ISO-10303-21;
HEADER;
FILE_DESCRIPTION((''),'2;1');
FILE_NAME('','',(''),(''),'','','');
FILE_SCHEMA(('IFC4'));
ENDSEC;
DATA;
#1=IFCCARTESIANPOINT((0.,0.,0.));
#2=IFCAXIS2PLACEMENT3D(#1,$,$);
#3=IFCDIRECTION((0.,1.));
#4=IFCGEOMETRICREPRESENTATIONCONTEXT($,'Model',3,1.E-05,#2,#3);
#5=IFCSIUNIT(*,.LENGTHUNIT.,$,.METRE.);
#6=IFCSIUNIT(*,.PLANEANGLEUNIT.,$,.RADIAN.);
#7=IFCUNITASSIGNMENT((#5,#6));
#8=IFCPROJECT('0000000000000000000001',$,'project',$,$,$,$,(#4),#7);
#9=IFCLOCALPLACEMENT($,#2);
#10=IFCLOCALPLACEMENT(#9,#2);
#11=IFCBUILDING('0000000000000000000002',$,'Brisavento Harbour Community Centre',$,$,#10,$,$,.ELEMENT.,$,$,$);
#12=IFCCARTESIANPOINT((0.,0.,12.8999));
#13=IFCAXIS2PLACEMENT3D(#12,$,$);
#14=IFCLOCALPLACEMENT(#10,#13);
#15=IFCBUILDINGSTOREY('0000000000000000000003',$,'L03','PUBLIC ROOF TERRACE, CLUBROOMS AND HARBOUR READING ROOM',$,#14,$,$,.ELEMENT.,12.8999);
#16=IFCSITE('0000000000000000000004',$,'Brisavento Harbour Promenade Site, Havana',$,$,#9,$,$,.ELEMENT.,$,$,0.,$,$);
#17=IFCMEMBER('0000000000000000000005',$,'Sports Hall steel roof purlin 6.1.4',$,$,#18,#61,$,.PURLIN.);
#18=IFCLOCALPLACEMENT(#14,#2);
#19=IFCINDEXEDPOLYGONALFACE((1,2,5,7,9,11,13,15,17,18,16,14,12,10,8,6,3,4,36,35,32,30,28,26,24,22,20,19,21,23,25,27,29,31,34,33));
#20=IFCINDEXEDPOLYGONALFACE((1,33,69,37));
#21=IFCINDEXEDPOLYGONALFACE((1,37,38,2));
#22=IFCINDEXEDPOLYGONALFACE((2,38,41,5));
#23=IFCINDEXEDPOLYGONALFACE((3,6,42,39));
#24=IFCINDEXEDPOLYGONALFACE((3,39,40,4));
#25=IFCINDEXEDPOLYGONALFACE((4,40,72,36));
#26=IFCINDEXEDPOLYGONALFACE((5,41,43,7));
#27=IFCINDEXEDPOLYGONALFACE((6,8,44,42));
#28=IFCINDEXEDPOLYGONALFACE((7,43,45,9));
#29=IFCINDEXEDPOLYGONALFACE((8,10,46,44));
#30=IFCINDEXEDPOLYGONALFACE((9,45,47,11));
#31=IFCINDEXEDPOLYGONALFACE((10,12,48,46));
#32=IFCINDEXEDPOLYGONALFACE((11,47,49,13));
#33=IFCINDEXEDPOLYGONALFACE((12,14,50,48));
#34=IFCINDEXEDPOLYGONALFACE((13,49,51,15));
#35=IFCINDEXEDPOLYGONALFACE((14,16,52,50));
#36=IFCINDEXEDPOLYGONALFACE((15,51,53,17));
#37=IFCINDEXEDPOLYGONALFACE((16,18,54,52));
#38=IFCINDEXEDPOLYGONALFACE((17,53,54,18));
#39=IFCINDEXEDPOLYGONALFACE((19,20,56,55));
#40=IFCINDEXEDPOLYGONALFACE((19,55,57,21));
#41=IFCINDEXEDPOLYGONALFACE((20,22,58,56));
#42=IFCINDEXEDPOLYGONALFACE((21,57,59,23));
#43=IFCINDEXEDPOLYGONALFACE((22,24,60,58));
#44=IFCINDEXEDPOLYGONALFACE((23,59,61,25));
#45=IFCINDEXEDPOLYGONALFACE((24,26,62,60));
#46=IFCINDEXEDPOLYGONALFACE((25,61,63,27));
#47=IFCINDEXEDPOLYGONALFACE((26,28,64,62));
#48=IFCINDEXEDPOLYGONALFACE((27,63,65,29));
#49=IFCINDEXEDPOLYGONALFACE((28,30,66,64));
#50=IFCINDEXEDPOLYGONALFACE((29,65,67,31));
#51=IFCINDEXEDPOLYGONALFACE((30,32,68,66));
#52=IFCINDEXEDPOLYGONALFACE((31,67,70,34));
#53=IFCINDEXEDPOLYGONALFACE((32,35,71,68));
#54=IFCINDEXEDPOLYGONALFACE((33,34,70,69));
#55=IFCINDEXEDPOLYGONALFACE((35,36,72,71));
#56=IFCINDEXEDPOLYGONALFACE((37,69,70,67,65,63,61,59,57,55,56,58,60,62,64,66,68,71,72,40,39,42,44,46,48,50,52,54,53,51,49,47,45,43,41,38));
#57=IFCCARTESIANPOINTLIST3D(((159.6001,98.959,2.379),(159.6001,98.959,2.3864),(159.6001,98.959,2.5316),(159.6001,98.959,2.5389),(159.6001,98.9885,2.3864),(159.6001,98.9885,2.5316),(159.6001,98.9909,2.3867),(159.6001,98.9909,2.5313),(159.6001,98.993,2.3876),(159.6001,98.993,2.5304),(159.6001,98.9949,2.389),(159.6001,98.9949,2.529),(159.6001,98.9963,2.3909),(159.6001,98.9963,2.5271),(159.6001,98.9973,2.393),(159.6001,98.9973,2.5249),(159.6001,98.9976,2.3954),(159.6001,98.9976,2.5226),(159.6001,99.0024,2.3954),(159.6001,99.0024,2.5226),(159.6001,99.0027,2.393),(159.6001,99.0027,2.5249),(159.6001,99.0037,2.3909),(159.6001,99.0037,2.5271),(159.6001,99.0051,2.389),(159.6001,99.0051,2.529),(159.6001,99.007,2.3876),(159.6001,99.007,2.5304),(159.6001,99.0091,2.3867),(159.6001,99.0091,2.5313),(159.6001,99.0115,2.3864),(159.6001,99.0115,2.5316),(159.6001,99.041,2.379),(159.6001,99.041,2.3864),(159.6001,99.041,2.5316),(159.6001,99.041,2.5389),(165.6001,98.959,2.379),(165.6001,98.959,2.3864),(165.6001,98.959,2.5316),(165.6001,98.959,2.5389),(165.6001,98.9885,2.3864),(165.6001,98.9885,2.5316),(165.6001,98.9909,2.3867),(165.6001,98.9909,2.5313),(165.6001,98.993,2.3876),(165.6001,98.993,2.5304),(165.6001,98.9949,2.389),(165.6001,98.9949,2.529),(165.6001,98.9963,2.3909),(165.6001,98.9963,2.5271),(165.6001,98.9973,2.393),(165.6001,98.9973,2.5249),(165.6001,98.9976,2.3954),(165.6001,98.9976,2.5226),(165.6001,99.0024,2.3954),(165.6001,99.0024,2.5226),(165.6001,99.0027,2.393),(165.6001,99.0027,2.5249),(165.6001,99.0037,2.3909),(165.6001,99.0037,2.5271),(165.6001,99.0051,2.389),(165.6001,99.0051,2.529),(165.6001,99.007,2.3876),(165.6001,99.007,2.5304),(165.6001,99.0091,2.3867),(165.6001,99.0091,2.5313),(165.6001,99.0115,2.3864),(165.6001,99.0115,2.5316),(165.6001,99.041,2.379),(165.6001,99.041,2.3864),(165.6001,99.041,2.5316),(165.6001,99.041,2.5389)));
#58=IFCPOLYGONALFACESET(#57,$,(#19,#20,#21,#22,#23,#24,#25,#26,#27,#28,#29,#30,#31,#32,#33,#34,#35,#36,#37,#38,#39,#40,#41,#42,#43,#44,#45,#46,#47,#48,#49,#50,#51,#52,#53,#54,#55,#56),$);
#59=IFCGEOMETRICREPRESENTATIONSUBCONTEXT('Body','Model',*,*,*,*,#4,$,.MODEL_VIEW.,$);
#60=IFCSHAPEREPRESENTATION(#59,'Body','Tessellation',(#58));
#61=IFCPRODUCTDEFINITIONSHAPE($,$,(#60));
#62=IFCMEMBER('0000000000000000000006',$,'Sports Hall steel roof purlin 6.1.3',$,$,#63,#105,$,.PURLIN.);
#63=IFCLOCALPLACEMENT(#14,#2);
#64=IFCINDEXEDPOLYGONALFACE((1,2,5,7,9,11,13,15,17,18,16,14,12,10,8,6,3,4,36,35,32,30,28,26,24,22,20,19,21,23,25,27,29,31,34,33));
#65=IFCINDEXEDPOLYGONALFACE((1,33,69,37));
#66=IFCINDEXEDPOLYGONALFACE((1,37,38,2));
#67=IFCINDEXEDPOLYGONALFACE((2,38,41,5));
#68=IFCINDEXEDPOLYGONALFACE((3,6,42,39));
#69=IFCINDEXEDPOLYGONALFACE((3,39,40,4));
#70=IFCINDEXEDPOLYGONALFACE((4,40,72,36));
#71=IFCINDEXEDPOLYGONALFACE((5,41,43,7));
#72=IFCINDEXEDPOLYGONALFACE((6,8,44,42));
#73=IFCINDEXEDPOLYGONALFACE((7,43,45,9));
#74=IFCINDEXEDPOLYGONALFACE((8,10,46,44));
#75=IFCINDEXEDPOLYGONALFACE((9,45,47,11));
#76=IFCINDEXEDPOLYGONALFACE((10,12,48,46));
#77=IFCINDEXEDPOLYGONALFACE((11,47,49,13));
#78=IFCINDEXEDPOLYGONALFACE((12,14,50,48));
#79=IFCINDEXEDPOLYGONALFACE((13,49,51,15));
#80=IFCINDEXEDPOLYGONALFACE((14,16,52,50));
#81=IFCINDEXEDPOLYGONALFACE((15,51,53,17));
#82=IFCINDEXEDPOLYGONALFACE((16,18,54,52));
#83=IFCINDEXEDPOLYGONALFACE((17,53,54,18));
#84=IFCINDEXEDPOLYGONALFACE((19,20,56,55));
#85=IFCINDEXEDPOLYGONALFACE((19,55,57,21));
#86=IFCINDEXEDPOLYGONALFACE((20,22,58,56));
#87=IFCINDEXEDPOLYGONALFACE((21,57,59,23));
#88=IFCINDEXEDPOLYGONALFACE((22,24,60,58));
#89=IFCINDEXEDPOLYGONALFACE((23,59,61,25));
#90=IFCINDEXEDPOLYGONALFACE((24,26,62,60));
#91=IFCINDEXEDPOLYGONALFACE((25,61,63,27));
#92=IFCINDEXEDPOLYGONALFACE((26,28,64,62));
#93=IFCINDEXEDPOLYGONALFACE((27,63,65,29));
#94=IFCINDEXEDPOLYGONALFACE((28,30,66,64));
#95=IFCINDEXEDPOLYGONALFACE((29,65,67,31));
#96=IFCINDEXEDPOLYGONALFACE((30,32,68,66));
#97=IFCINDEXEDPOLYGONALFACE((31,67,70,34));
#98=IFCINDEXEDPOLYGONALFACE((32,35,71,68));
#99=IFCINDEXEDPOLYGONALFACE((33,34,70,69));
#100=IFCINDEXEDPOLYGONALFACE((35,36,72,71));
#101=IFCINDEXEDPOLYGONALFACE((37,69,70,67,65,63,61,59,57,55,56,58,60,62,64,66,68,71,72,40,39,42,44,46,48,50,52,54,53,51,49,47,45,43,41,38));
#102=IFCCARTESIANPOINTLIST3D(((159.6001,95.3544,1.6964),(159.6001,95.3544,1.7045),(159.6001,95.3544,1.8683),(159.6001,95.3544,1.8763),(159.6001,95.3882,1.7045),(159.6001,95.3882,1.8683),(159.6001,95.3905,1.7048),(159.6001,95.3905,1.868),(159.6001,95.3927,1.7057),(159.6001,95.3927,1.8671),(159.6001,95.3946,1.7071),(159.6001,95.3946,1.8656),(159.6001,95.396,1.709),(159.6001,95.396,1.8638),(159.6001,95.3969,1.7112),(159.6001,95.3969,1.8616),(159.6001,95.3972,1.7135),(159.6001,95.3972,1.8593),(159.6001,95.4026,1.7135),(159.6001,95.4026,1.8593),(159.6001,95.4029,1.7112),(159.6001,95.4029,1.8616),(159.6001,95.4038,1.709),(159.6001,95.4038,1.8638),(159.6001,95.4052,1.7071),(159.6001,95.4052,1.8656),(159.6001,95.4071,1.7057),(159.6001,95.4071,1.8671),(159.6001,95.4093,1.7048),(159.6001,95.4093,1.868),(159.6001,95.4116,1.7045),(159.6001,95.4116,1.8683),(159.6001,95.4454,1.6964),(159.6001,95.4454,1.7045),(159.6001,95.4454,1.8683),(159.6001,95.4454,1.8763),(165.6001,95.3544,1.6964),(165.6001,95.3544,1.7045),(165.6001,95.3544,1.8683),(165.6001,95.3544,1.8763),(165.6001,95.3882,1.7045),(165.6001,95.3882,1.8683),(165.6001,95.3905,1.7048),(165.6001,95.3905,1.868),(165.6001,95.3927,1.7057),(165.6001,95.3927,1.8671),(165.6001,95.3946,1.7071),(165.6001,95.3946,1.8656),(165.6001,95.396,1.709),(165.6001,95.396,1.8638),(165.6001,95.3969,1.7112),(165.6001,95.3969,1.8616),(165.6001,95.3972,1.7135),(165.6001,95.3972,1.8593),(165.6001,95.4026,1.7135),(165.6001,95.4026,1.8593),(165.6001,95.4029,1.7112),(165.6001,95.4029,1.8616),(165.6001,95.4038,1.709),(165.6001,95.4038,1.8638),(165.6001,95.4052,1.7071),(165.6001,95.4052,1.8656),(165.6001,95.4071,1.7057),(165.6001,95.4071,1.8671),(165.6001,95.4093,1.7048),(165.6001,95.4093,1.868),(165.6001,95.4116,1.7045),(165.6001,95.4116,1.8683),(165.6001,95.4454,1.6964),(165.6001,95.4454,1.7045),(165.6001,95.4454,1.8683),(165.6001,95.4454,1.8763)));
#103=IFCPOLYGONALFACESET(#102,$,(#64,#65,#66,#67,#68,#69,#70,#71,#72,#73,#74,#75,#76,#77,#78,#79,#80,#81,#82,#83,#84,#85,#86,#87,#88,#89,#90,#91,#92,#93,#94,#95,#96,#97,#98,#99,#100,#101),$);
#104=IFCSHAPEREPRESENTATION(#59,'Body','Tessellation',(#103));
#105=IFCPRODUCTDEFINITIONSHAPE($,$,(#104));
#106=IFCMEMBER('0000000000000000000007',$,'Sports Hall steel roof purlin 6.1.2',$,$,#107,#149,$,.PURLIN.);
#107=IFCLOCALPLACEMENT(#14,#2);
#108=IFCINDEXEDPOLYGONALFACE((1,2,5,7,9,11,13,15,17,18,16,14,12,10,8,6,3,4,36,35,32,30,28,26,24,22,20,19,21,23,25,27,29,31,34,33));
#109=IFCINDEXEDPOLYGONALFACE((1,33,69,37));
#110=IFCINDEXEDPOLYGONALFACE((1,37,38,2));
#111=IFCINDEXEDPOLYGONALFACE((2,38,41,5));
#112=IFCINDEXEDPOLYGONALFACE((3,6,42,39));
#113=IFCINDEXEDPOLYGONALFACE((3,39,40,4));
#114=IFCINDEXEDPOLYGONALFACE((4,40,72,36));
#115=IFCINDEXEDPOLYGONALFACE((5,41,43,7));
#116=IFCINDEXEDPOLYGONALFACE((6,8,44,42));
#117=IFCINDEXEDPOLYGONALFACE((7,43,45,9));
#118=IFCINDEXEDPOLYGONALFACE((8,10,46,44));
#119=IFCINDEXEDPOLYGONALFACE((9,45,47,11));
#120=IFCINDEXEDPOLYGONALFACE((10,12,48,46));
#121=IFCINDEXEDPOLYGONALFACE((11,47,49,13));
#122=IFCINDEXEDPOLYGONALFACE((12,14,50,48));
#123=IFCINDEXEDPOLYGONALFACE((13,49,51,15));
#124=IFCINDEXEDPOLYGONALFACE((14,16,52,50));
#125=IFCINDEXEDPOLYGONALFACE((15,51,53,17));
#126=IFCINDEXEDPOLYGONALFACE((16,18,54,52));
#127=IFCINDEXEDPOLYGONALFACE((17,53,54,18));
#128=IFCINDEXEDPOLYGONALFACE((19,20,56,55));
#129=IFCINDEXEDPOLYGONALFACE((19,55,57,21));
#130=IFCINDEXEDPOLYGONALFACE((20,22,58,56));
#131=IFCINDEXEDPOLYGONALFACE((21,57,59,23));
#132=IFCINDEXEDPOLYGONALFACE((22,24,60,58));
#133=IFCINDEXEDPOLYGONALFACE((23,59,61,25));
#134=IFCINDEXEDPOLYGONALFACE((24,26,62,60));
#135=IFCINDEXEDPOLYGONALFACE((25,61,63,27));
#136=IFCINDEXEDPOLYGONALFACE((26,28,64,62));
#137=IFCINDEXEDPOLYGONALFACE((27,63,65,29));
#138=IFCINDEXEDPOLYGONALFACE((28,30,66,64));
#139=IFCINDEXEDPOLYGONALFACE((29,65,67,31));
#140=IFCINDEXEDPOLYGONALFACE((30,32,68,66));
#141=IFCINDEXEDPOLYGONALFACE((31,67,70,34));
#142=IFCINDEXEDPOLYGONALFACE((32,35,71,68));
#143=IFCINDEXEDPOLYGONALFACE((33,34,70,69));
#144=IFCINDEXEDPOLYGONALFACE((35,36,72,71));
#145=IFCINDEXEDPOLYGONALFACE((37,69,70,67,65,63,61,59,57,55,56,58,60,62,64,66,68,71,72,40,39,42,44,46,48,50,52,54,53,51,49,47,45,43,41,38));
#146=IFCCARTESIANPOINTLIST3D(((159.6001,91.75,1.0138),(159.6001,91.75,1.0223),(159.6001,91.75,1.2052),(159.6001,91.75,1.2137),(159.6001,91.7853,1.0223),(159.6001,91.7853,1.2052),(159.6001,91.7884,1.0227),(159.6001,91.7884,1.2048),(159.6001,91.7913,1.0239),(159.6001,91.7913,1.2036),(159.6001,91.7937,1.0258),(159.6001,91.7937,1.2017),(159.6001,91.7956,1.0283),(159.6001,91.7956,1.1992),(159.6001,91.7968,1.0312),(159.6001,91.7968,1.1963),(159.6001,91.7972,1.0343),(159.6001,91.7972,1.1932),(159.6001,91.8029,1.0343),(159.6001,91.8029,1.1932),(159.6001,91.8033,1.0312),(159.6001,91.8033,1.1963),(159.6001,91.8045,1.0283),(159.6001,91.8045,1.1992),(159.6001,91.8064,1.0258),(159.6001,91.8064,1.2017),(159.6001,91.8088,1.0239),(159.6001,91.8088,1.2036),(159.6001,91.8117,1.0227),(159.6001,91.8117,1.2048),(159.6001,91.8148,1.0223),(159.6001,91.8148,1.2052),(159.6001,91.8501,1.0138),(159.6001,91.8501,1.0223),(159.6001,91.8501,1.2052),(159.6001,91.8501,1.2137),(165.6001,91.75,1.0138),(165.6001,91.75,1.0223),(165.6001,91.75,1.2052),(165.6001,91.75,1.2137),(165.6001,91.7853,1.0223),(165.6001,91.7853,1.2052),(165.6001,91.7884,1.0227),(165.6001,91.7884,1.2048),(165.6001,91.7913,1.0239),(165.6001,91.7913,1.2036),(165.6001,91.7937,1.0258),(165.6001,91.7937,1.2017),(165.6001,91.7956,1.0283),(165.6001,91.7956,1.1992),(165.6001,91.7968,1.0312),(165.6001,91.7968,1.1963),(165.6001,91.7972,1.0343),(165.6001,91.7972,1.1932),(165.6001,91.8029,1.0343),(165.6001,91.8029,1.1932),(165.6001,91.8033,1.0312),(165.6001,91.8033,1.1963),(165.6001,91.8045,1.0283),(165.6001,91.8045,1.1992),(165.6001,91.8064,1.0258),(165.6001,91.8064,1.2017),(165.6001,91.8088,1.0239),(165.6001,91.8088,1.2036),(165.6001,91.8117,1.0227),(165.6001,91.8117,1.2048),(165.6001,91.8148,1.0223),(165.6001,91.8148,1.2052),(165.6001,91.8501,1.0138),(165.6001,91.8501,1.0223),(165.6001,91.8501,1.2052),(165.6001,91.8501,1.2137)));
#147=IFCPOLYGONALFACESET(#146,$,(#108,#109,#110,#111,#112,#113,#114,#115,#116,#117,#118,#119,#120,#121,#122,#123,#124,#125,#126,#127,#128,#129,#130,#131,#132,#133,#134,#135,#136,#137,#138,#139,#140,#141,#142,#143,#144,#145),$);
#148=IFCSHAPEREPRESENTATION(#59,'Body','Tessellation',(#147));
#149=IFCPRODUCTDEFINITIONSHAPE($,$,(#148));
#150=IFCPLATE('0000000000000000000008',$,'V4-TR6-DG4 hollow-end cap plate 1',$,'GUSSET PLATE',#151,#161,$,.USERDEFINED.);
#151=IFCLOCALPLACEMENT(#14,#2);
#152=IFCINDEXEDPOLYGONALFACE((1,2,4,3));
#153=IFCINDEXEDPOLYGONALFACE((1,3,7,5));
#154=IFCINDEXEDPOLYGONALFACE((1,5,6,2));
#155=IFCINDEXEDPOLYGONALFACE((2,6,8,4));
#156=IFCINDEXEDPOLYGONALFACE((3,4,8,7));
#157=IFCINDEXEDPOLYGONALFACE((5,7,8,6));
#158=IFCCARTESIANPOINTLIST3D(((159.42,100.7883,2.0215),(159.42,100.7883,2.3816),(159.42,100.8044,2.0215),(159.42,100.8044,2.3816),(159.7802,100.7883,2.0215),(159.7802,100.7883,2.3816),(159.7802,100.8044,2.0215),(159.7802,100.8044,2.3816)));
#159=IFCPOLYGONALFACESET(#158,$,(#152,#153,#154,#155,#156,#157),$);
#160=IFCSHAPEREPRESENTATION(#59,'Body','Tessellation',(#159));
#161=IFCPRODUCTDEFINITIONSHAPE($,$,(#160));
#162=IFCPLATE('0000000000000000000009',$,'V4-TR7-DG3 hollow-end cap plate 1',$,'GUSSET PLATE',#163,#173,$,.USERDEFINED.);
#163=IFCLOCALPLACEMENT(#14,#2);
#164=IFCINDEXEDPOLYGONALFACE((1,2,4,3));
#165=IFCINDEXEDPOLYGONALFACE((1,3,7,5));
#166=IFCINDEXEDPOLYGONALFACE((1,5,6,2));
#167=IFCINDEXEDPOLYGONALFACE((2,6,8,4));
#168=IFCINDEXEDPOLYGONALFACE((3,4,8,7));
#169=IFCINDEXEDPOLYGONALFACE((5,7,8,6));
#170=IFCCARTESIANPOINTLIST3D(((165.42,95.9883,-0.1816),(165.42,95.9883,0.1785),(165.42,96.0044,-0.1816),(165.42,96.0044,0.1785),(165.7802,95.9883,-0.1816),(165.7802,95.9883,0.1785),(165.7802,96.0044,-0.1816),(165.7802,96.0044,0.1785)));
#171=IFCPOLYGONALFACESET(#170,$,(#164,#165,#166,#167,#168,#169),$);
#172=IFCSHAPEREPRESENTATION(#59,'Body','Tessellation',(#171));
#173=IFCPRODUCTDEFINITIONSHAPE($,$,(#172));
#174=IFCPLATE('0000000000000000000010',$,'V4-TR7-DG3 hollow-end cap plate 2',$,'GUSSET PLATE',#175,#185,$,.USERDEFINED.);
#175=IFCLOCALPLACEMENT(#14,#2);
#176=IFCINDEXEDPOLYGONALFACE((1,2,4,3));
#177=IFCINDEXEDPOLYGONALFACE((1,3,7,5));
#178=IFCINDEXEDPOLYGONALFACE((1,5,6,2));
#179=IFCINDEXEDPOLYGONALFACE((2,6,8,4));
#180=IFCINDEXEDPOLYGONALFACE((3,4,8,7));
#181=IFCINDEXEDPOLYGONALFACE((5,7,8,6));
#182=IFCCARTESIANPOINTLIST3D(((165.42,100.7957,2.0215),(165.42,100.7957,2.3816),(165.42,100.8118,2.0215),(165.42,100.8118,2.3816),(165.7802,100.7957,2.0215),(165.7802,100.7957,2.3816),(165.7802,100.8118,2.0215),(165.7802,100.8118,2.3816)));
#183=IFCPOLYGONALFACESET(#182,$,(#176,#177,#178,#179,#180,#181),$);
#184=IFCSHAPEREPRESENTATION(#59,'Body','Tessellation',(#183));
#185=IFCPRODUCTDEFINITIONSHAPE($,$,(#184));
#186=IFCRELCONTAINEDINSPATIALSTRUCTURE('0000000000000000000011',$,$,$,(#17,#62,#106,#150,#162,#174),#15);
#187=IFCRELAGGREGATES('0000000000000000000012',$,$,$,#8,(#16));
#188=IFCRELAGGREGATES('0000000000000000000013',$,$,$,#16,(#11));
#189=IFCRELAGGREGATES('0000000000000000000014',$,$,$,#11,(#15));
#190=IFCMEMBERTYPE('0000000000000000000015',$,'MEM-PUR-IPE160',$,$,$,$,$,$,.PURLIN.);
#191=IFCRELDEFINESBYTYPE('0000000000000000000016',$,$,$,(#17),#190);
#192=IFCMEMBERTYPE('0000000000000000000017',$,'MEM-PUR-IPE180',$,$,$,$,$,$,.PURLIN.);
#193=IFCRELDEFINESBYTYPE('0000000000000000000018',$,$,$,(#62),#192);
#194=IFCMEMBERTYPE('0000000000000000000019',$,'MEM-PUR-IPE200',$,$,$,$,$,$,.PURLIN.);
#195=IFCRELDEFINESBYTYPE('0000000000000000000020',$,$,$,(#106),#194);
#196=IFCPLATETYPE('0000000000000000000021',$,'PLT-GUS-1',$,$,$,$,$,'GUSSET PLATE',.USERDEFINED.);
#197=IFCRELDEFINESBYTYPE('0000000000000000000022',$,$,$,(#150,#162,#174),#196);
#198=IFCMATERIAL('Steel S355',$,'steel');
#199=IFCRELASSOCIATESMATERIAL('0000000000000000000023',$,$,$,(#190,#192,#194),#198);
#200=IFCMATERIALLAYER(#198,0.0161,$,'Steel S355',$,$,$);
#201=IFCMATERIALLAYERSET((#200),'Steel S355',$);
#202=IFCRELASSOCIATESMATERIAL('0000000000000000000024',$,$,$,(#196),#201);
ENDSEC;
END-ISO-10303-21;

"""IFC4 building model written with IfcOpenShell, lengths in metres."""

from ifc_helpers import new_model, si_unit, direction, frame, origin, origin_2d, place, context, subcontext, project, spatial, rectangle, i_section, extrude, material, layer, layer_set, material_profile, profile_set, type_object, element, save


model = new_model("IFC4")

# Units and contexts
model_context = context("Model", 3, precision=1e-05, world=origin(), true_north=direction((0.0, 1.0)))
body_context = subcontext(model_context, "Body", "Model", "MODEL_VIEW")
ifc_project = project(units=[si_unit("LENGTHUNIT", "METRE"), si_unit("PLANEANGLEUNIT", "RADIAN")], contexts=[model_context])

# Site, building, storey
site_placement = place(None, origin())
site = spatial("IfcSite", under=ifc_project, at=site_placement, Name="Brisavento Harbour Promenade Site, Havana", CompositionType="ELEMENT", RefElevation=0.0)
building_placement = place(site_placement, origin())
building = spatial("IfcBuilding", under=site, at=building_placement, Name="Brisavento Harbour Community Centre", CompositionType="ELEMENT")
storey_placement = place(building_placement, frame((0.0, 0.0, 12.8999)))
storey = spatial("IfcBuildingStorey", under=building, at=storey_placement, Name="L03", Description="PUBLIC ROOF TERRACE, CLUBROOMS AND HARBOUR READING ROOM", CompositionType="ELEMENT", Elevation=12.8999)

# Members
ifc_material_1 = material(Name="Steel S355", Category="steel")
ifc_material_profile_1 = material_profile(ifc_material_1, i_section(OverallWidth=0.082, OverallDepth=0.1599, WebThickness=0.0049, FlangeThickness=0.0073, FilletRadius=0.009, at=origin_2d()), Name="Steel S355")
ifc_profile_set_1 = profile_set([ifc_material_profile_1], Name="Steel S355")
member_type_1 = type_object("IfcMemberType", Name="MEM-PUR-IPE160", PredefinedType="PURLIN", material=ifc_profile_set_1)
member_1_placement = place(storey_placement, frame((159.6001, 99.0, 2.459), z_axis=(1.0, 0.0, 0.0), x_axis=(0.0, 1.0, 0.0)))
element("IfcMember", 1, at=member_1_placement, inside=storey, type_object=member_type_1, Name="Sports Hall steel roof purlin 6.1.4", PredefinedType="PURLIN", context=body_context, shape_type="SweptSolid", body=[
    extrude(i_section(OverallWidth=0.082, OverallDepth=0.1599, WebThickness=0.0049, FlangeThickness=0.0073, FilletRadius=0.009, at=origin_2d()), origin(), (0.0, 0.0, 1.0), 6.0),
])
ifc_material_profile_2 = material_profile(ifc_material_1, i_section(OverallWidth=0.0911, OverallDepth=0.1799, WebThickness=0.0054, FlangeThickness=0.0081, FilletRadius=0.009, at=origin_2d()), Name="Steel S355")
ifc_profile_set_2 = profile_set([ifc_material_profile_2], Name="Steel S355")
member_type_2 = type_object("IfcMemberType", Name="MEM-PUR-IPE180", PredefinedType="PURLIN", material=ifc_profile_set_2)
member_2_placement = place(storey_placement, frame((159.6001, 95.3999, 1.7864), z_axis=(1.0, 0.0, 0.0), x_axis=(0.0, 1.0, 0.0)))
element("IfcMember", 2, at=member_2_placement, inside=storey, type_object=member_type_2, Name="Sports Hall steel roof purlin 6.1.3", PredefinedType="PURLIN", context=body_context, shape_type="SweptSolid", body=[
    extrude(i_section(OverallWidth=0.0911, OverallDepth=0.1799, WebThickness=0.0054, FlangeThickness=0.0081, FilletRadius=0.009, at=origin_2d()), origin(), (0.0, 0.0, 1.0), 6.0),
])
ifc_material_profile_3 = material_profile(ifc_material_1, i_section(OverallWidth=0.1001, OverallDepth=0.2, WebThickness=0.0056, FlangeThickness=0.0085, FilletRadius=0.012, at=origin_2d()), Name="Steel S355")
ifc_profile_set_3 = profile_set([ifc_material_profile_3], Name="Steel S355")
member_type_3 = type_object("IfcMemberType", Name="MEM-PUR-IPE200", PredefinedType="PURLIN", material=ifc_profile_set_3)
member_3_placement = place(storey_placement, frame((159.6001, 91.8, 1.1138), z_axis=(1.0, 0.0, 0.0), x_axis=(0.0, 1.0, 0.0)))
element("IfcMember", 3, at=member_3_placement, inside=storey, type_object=member_type_3, Name="Sports Hall steel roof purlin 6.1.2", PredefinedType="PURLIN", context=body_context, shape_type="SweptSolid", body=[
    extrude(i_section(OverallWidth=0.1001, OverallDepth=0.2, WebThickness=0.0056, FlangeThickness=0.0085, FilletRadius=0.012, at=origin_2d()), origin(), (0.0, 0.0, 1.0), 6.0),
])

# Plates
ifc_layer_1 = layer(ifc_material_1, 0.0161, Name="Steel S355")
ifc_layer_set_1 = layer_set([ifc_layer_1], Name="Steel S355")
plate_type_1 = type_object("IfcPlateType", Name="PLT-GUS-1", ElementType="GUSSET PLATE", PredefinedType="USERDEFINED", material=ifc_layer_set_1)
for number, where, z_axis, x_axis, name in (
    (4, (159.6001, 100.7964, 2.0215), (0.0, 0.0, 1.0), (0.0, 1.0, 0.0), "V4-TR6-DG4 hollow-end cap plate 1"),
    (5, (165.6001, 95.9963, -0.1816), (0.0, 0.0, 1.0), (0.0, 1.0, 0.0), "V4-TR7-DG3 hollow-end cap plate 1"),
    (6, (165.6001, 100.8037, 2.0215), (0.0, 0.0, 1.0), (0.0, 1.0, 0.0), "V4-TR7-DG3 hollow-end cap plate 2"),
):
    element("IfcPlate", number, at=place(storey_placement, frame(where, z_axis=z_axis, x_axis=x_axis)), inside=storey, type_object=plate_type_1, Name=name, ObjectType="GUSSET PLATE", PredefinedType="USERDEFINED", context=body_context, shape_type="SweptSolid", body=[
        extrude(rectangle(XDim=0.0161, YDim=0.3601, at=origin_2d()), origin(), (0.0, 0.0, 1.0), 0.3601),
    ])

save(model, "model.ifc")
